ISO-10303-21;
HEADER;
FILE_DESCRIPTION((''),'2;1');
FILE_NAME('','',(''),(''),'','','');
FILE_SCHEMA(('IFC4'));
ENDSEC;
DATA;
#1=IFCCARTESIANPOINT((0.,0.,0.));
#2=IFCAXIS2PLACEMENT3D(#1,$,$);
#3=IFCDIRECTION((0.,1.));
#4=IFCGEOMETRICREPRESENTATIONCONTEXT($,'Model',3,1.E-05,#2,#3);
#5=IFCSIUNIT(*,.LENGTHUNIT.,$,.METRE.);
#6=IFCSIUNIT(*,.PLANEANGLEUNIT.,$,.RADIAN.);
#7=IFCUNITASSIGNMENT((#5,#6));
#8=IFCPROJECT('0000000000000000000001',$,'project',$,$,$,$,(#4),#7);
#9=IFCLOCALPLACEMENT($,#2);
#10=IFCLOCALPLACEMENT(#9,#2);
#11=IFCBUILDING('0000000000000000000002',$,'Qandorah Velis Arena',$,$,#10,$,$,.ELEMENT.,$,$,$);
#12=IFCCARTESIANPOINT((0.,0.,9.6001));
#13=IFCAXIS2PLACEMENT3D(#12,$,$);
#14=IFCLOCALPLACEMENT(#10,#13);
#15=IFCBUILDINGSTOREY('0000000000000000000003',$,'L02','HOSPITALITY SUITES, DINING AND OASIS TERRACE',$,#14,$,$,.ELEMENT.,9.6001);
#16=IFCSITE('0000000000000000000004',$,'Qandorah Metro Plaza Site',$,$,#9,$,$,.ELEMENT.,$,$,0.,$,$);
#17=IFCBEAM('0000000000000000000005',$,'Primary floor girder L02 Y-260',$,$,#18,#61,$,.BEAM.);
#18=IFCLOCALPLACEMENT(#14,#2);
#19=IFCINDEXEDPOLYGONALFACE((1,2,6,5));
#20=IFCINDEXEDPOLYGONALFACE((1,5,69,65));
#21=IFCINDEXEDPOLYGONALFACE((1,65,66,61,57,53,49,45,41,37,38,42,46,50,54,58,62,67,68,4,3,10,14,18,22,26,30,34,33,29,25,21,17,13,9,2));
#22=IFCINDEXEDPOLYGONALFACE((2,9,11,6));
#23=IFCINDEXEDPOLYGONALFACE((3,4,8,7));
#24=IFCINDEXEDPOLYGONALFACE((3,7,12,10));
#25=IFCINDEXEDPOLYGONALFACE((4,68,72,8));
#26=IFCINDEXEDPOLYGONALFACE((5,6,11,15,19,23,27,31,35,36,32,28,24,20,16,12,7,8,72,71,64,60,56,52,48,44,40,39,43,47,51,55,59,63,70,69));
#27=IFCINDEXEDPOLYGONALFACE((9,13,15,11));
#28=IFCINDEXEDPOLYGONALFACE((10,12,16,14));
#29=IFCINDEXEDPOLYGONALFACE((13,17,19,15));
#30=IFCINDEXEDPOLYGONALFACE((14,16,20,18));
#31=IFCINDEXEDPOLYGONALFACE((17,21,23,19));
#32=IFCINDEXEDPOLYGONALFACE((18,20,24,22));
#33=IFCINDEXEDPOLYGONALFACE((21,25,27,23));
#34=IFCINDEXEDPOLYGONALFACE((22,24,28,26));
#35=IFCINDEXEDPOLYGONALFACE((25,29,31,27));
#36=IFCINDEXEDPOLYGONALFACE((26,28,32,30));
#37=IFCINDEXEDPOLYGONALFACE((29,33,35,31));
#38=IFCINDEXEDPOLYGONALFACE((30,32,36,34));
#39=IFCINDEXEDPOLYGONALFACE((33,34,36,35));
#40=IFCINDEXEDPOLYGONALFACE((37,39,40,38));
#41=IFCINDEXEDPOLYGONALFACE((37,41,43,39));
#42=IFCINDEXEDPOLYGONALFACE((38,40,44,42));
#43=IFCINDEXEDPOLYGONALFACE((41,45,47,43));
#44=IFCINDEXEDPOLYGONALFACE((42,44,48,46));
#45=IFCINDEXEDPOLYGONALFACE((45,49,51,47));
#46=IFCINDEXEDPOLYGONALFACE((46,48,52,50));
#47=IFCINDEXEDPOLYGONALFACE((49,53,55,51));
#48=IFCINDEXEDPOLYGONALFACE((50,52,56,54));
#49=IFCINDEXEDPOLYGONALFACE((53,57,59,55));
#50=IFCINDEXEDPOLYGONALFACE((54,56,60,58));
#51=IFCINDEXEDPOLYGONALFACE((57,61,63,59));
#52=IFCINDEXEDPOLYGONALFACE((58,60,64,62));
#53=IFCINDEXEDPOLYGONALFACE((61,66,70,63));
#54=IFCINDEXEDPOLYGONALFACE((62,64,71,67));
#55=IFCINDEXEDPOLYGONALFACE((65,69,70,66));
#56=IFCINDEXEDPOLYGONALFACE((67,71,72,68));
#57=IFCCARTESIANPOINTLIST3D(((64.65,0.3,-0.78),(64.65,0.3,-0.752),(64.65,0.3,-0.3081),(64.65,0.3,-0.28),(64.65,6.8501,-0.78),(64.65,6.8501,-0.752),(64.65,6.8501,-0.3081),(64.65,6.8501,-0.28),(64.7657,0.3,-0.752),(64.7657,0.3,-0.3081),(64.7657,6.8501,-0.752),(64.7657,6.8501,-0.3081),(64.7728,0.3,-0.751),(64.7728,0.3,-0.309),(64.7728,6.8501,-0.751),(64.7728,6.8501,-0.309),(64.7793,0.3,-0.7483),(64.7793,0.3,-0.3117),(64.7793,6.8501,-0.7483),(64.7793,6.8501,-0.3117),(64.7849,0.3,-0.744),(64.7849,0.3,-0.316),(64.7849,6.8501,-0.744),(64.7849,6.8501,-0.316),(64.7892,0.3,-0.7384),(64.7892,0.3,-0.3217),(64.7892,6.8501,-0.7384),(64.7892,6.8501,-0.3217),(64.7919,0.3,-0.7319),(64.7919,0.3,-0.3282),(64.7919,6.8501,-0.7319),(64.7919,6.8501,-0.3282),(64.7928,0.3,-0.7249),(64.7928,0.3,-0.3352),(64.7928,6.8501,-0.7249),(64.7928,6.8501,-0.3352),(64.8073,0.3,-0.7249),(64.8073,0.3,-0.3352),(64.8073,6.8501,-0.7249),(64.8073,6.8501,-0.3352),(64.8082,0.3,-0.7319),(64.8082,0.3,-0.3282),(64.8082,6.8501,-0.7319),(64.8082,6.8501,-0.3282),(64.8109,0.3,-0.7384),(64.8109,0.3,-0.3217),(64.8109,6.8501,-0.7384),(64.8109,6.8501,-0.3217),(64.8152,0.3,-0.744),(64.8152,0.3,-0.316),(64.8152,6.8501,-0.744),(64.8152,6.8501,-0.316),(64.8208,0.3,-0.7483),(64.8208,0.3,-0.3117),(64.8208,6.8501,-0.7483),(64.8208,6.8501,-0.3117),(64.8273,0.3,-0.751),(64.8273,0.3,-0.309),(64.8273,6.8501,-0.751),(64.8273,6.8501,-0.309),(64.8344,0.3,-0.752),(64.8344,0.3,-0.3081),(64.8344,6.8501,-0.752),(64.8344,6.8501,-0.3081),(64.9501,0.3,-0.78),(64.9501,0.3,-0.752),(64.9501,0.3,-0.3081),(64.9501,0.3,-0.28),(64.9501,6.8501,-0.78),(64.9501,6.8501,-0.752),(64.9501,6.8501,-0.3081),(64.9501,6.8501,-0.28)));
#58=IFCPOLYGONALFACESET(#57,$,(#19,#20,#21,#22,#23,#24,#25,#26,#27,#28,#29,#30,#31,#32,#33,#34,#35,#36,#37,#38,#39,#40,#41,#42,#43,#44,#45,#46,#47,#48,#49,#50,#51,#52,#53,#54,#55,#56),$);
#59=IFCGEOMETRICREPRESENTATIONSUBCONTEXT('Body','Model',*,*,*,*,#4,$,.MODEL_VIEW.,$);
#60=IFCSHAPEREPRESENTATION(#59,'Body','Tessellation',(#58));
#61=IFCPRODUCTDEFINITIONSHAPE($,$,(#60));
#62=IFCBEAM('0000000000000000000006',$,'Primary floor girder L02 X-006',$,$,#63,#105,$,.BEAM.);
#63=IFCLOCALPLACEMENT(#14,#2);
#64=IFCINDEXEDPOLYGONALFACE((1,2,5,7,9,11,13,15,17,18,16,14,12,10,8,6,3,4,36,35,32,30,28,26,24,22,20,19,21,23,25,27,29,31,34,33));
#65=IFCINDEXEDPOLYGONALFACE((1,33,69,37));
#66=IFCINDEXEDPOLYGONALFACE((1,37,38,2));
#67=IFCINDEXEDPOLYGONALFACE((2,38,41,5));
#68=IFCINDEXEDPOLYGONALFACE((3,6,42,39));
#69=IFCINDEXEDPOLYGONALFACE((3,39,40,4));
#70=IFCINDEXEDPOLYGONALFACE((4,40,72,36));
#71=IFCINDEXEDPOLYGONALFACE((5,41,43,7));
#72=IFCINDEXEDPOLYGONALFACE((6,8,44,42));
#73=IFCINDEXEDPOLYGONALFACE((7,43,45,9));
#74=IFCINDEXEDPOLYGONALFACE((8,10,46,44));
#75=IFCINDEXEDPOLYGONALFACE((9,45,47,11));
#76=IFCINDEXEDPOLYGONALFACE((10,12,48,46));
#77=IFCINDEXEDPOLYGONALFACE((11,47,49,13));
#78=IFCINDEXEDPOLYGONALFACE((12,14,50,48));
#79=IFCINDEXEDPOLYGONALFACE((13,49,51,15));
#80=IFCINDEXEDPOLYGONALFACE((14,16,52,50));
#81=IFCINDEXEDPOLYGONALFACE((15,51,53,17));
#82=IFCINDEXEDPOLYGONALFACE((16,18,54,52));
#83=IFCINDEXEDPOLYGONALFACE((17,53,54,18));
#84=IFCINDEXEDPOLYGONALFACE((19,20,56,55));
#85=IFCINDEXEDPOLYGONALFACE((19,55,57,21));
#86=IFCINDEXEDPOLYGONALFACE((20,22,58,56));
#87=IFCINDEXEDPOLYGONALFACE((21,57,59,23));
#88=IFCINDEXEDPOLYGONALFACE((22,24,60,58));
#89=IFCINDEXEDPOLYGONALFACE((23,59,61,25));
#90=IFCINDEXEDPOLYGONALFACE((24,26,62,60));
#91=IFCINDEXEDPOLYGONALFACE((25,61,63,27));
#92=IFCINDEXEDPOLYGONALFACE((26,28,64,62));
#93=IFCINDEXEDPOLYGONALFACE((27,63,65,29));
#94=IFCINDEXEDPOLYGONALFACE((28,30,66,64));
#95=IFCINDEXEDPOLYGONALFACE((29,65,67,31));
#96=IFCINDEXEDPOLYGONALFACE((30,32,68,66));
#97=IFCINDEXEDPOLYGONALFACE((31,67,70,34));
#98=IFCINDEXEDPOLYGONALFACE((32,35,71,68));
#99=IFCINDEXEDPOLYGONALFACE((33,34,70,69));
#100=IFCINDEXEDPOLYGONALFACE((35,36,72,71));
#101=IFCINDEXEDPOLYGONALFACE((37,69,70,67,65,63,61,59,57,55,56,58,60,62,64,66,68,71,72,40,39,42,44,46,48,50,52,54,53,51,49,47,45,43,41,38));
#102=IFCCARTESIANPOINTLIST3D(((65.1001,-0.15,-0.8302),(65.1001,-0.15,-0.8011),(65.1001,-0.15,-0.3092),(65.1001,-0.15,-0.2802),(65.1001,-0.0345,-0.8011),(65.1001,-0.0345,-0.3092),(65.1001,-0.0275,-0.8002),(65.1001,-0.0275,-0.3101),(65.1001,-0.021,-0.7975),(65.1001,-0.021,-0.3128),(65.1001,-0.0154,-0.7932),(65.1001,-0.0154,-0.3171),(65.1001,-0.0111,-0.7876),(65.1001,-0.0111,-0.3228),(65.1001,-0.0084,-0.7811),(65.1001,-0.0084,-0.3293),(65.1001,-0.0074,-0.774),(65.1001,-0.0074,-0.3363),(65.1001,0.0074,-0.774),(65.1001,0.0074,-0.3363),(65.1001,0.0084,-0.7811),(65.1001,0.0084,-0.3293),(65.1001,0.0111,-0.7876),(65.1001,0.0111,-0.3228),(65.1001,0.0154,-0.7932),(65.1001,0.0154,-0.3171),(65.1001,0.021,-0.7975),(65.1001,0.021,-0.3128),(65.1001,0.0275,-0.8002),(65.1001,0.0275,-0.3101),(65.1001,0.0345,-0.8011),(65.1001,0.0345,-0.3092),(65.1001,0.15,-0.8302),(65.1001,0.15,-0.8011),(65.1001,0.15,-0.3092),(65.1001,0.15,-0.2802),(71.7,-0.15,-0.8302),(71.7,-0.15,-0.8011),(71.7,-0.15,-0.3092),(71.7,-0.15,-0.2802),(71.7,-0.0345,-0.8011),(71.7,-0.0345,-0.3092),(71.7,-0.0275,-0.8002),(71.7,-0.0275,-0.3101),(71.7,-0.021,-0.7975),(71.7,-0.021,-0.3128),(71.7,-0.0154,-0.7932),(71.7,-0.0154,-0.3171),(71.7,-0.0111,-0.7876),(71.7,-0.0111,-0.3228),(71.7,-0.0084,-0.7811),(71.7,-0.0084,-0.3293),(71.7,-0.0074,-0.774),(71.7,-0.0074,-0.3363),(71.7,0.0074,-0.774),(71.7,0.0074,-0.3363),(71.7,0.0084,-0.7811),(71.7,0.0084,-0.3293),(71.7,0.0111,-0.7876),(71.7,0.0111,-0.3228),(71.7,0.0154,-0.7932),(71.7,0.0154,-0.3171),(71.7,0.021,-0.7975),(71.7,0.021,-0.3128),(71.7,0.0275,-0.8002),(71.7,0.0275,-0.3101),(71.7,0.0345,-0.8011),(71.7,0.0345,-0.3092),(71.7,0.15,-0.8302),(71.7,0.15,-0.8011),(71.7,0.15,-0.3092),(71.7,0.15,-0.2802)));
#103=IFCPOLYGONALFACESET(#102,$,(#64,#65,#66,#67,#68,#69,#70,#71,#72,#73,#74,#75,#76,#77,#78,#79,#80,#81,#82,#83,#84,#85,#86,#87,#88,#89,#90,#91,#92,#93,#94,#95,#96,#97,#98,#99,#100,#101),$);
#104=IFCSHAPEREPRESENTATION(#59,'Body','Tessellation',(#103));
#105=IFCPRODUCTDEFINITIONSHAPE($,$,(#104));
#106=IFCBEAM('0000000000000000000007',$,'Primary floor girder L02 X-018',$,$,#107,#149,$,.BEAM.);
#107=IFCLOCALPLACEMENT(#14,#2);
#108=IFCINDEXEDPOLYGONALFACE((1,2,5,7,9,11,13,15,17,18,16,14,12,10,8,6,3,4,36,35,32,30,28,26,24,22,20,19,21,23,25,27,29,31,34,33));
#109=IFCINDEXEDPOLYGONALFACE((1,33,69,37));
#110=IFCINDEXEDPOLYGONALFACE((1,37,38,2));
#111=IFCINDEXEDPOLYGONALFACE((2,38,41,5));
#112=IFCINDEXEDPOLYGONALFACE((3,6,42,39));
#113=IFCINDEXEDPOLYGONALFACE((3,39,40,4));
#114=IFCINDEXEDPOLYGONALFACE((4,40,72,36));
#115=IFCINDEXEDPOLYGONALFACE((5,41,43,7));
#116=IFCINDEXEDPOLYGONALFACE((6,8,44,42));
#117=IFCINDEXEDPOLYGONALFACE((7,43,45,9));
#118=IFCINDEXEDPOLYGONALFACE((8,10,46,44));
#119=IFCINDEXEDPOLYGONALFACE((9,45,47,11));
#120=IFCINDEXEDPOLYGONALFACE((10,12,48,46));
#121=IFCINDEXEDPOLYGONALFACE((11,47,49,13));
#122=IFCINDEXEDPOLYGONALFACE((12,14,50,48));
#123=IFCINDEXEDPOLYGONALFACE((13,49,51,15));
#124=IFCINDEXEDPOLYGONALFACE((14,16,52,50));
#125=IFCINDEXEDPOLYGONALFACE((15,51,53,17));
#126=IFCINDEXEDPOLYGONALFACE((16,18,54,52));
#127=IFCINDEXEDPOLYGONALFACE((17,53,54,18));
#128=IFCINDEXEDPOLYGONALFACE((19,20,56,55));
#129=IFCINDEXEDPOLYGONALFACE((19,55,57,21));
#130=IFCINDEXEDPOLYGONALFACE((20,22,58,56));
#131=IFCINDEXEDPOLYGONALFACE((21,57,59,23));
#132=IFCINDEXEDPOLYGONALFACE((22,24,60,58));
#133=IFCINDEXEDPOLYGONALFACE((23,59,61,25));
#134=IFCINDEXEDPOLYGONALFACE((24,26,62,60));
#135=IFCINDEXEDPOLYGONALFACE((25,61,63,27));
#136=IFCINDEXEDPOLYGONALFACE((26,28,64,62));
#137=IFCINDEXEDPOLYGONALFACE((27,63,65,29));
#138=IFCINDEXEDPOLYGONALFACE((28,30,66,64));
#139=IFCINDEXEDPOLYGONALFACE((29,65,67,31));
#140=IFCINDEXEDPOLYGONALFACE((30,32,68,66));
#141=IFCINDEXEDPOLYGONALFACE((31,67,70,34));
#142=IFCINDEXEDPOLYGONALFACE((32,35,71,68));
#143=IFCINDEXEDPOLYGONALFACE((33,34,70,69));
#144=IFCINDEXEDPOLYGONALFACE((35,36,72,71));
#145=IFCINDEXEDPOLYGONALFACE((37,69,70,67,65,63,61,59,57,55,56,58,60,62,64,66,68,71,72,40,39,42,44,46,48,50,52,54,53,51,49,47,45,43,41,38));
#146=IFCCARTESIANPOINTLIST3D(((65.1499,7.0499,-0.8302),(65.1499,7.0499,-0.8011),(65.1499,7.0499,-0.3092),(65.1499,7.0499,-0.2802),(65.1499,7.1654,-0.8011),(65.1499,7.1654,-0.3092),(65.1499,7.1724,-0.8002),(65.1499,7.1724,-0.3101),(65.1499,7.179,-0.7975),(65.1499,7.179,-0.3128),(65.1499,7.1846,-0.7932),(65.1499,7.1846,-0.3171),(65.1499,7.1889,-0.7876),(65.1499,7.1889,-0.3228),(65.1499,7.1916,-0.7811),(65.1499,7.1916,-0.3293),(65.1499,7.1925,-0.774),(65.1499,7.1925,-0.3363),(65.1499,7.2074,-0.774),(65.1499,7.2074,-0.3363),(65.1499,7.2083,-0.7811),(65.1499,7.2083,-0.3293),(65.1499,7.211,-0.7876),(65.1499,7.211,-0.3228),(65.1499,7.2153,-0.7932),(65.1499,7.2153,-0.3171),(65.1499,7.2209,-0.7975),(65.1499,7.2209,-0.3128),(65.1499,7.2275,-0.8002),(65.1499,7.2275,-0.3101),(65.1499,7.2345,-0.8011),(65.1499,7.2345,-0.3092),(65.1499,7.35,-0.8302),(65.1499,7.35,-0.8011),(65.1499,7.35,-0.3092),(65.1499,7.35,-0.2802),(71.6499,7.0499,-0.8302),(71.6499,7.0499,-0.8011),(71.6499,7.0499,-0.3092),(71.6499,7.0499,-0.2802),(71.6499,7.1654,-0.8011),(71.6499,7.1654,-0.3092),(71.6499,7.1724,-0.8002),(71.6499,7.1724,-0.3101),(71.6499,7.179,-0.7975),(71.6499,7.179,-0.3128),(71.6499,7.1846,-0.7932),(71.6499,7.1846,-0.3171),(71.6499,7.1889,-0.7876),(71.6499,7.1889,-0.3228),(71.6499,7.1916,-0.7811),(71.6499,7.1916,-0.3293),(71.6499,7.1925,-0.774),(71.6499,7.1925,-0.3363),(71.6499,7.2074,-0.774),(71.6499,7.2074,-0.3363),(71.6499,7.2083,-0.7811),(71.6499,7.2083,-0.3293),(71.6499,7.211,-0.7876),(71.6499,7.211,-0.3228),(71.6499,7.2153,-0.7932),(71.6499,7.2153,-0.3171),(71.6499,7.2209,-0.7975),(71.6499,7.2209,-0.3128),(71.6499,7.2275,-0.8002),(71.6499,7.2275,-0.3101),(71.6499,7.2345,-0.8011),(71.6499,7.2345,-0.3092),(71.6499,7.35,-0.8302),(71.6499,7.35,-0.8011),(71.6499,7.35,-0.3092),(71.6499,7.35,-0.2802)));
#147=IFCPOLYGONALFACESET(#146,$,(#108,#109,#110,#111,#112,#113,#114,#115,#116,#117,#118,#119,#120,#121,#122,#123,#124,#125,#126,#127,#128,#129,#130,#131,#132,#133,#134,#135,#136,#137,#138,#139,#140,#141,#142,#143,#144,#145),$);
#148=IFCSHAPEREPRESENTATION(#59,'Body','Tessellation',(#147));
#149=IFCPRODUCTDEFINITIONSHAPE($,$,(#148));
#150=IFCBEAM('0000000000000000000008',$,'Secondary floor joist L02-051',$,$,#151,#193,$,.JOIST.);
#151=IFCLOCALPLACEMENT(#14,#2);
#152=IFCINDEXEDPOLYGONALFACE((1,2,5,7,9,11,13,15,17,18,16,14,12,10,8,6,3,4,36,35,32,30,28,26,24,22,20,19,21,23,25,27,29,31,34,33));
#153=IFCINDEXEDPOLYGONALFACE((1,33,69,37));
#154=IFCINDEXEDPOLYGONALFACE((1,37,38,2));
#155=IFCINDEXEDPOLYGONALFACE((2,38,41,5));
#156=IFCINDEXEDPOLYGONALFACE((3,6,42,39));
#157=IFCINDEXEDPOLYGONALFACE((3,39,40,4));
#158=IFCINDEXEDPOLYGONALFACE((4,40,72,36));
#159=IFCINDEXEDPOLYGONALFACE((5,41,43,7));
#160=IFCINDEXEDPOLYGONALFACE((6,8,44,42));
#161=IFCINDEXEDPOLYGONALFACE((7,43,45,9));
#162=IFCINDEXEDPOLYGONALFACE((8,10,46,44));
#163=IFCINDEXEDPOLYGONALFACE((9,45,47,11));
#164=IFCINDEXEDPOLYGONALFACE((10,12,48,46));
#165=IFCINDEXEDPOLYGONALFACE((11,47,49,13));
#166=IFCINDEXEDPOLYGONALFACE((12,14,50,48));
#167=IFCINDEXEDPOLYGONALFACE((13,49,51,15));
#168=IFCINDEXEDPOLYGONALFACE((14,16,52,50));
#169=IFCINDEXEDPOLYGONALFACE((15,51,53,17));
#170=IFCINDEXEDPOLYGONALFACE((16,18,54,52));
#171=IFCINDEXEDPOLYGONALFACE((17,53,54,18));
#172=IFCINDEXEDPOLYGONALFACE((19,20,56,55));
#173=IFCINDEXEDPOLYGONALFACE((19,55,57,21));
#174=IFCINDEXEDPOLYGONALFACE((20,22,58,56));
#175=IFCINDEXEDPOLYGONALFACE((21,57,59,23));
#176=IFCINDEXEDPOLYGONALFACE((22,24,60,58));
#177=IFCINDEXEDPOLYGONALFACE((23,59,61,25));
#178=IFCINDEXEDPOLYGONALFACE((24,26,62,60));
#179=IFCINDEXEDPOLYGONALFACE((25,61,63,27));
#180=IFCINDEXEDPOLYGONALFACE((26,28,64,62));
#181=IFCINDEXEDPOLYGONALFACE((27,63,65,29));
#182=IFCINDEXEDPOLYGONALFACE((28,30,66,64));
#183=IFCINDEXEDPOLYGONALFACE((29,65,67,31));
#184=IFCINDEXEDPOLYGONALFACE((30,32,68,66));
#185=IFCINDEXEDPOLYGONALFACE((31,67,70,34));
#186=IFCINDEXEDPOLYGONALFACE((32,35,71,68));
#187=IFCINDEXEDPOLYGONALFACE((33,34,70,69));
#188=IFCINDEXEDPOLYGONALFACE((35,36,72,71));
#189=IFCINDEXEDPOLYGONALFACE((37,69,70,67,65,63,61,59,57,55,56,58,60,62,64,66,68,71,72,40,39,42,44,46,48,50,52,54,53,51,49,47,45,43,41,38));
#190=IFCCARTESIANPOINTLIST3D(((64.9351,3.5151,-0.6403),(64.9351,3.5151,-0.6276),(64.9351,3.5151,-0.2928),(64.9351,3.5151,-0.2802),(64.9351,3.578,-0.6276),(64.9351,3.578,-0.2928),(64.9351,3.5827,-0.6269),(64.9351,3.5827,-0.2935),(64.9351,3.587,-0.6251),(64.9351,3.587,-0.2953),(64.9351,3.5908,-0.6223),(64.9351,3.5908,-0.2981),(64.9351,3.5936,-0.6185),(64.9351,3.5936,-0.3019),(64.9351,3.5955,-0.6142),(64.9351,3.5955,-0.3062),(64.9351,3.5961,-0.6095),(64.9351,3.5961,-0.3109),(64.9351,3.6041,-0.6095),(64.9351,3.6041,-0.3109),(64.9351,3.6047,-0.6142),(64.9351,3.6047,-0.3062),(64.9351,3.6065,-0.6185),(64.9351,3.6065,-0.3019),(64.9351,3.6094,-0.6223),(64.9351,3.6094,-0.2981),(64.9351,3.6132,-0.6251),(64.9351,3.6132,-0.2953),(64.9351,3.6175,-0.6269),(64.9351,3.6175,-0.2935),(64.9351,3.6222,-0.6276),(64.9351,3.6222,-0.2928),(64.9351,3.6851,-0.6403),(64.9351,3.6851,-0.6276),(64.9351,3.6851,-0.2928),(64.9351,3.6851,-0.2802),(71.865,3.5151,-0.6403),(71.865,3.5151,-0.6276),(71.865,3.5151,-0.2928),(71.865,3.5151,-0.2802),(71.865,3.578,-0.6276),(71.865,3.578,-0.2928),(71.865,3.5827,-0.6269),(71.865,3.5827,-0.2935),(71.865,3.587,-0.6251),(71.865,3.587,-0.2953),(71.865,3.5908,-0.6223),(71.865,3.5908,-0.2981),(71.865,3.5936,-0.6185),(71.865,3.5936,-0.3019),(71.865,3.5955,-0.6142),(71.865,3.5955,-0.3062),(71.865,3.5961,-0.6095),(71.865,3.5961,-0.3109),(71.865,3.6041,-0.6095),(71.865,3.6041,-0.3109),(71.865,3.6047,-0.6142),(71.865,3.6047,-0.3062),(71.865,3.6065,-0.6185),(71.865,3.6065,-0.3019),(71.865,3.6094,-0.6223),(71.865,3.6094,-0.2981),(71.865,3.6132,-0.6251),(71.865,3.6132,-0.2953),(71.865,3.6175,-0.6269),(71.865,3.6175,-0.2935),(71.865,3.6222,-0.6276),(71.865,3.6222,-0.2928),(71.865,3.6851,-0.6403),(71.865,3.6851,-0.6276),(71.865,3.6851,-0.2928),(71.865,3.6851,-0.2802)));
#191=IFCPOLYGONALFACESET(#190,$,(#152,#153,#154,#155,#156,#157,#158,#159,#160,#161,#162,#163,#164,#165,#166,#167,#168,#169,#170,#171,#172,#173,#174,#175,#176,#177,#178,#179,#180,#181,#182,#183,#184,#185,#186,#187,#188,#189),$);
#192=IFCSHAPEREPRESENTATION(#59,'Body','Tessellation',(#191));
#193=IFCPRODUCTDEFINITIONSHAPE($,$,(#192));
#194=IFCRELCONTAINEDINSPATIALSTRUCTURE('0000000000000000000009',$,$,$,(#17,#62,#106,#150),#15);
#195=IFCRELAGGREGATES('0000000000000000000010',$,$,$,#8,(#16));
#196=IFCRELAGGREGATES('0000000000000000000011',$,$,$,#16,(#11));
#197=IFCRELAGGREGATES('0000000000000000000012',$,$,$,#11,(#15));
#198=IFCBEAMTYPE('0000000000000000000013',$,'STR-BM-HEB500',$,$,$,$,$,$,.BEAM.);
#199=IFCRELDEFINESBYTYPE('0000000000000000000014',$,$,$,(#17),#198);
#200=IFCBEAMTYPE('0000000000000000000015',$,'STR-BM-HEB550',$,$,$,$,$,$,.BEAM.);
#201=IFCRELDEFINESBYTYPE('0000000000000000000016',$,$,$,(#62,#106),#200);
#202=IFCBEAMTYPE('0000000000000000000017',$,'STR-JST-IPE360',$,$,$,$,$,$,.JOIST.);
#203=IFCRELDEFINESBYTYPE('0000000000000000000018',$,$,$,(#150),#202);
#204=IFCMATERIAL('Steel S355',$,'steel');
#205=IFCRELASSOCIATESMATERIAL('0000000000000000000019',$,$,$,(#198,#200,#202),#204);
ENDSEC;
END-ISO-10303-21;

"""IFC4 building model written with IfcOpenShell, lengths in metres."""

from ifc_helpers import new_model, si_unit, direction, frame, origin, origin_2d, place, context, subcontext, project, spatial, i_section, extrude, material, material_profile, profile_set, type_object, element, save


model = new_model("IFC4")

# Units and contexts
model_context = context("Model", 3, precision=1e-05, world=origin(), true_north=direction((0.0, 1.0)))
body_context = subcontext(model_context, "Body", "Model", "MODEL_VIEW")
ifc_project = project(units=[si_unit("LENGTHUNIT", "METRE"), si_unit("PLANEANGLEUNIT", "RADIAN")], contexts=[model_context])

# Site, building, storey
site_placement = place(None, origin())
site = spatial("IfcSite", under=ifc_project, at=site_placement, Name="Qandorah Metro Plaza Site", CompositionType="ELEMENT", RefElevation=0.0)
building_placement = place(site_placement, origin())
building = spatial("IfcBuilding", under=site, at=building_placement, Name="Qandorah Velis Arena", CompositionType="ELEMENT")
storey_placement = place(building_placement, frame((0.0, 0.0, 9.6001)))
storey = spatial("IfcBuildingStorey", under=building, at=storey_placement, Name="L02", Description="HOSPITALITY SUITES, DINING AND OASIS TERRACE", CompositionType="ELEMENT", Elevation=9.6001)

# Shared definitions
ifc_material_1 = material(Name="Steel S355", Category="steel")

# Beams
ifc_material_profile_1 = material_profile(ifc_material_1, i_section(OverallWidth=0.3, OverallDepth=0.5, WebThickness=0.0144, FlangeThickness=0.0281, FilletRadius=0.0271, at=origin_2d()), Name="HEB 500")
ifc_profile_set_1 = profile_set([ifc_material_profile_1], Name="Steel S355")
beam_type_1 = type_object("IfcBeamType", Name="STR-BM-HEB500", PredefinedType="BEAM", material=ifc_profile_set_1)
beam_1_placement = place(storey_placement, frame((64.8, 0.3, -0.53), z_axis=(0.0, 1.0, 0.0), x_axis=(-1.0, 0.0, 0.0)))
element("IfcBeam", 1, at=beam_1_placement, inside=storey, type_object=beam_type_1, Name="Primary floor girder L02 Y-260", PredefinedType="BEAM", context=body_context, shape_type="SweptSolid", body=[
    extrude(i_section(OverallWidth=0.3, OverallDepth=0.5, WebThickness=0.0144, FlangeThickness=0.0281, FilletRadius=0.0271, at=origin_2d()), origin(), (0.0, 0.0, 1.0), 6.55),
])
ifc_material_profile_2 = material_profile(ifc_material_1, i_section(OverallWidth=0.3, OverallDepth=0.55, WebThickness=0.0149, FlangeThickness=0.0291, FilletRadius=0.0271, at=origin_2d()), Name="HEB 550")
ifc_profile_set_2 = profile_set([ifc_material_profile_2], Name="Steel S355")
beam_type_2 = type_object("IfcBeamType", Name="STR-BM-HEB550", PredefinedType="BEAM", material=ifc_profile_set_2)
beam_2_placement = place(storey_placement, frame((65.1001, 0.0, -0.5552), z_axis=(1.0, 0.0, 0.0), x_axis=(0.0, 1.0, 0.0)))
element("IfcBeam", 2, at=beam_2_placement, inside=storey, type_object=beam_type_2, Name="Primary floor girder L02 X-006", PredefinedType="BEAM", context=body_context, shape_type="SweptSolid", body=[
    extrude(i_section(OverallWidth=0.3, OverallDepth=0.55, WebThickness=0.0149, FlangeThickness=0.0291, FilletRadius=0.0271, at=origin_2d()), origin(), (0.0, 0.0, 1.0), 6.5999),
])
beam_3_placement = place(storey_placement, frame((65.1499, 7.2, -0.5552), z_axis=(1.0, 0.0, 0.0), x_axis=(0.0, 1.0, 0.0)))
element("IfcBeam", 3, at=beam_3_placement, inside=storey, type_object=beam_type_2, Name="Primary floor girder L02 X-018", PredefinedType="BEAM", context=body_context, shape_type="SweptSolid", body=[
    extrude(i_section(OverallWidth=0.3, OverallDepth=0.55, WebThickness=0.0149, FlangeThickness=0.0291, FilletRadius=0.0271, at=origin_2d()), origin(), (0.0, 0.0, 1.0), 6.5),
])
ifc_material_profile_3 = material_profile(ifc_material_1, i_section(OverallWidth=0.1699, OverallDepth=0.3601, WebThickness=0.0081, FlangeThickness=0.0127, FilletRadius=0.0181, at=origin_2d()), Name="IPE 360")
ifc_profile_set_3 = profile_set([ifc_material_profile_3], Name="Steel S355")
beam_type_3 = type_object("IfcBeamType", Name="STR-JST-IPE360", PredefinedType="JOIST", material=ifc_profile_set_3)
beam_4_placement = place(storey_placement, frame((64.9351, 3.6001, -0.4602), z_axis=(1.0, 0.0, 0.0), x_axis=(0.0, 1.0, 0.0)))
element("IfcBeam", 4, at=beam_4_placement, inside=storey, type_object=beam_type_3, Name="Secondary floor joist L02-051", PredefinedType="JOIST", context=body_context, shape_type="SweptSolid", body=[
    extrude(i_section(OverallWidth=0.1699, OverallDepth=0.3601, WebThickness=0.0081, FlangeThickness=0.0127, FilletRadius=0.0181, at=origin_2d()), origin(), (0.0, 0.0, 1.0), 6.9299),
])

save(model, "model.ifc")
